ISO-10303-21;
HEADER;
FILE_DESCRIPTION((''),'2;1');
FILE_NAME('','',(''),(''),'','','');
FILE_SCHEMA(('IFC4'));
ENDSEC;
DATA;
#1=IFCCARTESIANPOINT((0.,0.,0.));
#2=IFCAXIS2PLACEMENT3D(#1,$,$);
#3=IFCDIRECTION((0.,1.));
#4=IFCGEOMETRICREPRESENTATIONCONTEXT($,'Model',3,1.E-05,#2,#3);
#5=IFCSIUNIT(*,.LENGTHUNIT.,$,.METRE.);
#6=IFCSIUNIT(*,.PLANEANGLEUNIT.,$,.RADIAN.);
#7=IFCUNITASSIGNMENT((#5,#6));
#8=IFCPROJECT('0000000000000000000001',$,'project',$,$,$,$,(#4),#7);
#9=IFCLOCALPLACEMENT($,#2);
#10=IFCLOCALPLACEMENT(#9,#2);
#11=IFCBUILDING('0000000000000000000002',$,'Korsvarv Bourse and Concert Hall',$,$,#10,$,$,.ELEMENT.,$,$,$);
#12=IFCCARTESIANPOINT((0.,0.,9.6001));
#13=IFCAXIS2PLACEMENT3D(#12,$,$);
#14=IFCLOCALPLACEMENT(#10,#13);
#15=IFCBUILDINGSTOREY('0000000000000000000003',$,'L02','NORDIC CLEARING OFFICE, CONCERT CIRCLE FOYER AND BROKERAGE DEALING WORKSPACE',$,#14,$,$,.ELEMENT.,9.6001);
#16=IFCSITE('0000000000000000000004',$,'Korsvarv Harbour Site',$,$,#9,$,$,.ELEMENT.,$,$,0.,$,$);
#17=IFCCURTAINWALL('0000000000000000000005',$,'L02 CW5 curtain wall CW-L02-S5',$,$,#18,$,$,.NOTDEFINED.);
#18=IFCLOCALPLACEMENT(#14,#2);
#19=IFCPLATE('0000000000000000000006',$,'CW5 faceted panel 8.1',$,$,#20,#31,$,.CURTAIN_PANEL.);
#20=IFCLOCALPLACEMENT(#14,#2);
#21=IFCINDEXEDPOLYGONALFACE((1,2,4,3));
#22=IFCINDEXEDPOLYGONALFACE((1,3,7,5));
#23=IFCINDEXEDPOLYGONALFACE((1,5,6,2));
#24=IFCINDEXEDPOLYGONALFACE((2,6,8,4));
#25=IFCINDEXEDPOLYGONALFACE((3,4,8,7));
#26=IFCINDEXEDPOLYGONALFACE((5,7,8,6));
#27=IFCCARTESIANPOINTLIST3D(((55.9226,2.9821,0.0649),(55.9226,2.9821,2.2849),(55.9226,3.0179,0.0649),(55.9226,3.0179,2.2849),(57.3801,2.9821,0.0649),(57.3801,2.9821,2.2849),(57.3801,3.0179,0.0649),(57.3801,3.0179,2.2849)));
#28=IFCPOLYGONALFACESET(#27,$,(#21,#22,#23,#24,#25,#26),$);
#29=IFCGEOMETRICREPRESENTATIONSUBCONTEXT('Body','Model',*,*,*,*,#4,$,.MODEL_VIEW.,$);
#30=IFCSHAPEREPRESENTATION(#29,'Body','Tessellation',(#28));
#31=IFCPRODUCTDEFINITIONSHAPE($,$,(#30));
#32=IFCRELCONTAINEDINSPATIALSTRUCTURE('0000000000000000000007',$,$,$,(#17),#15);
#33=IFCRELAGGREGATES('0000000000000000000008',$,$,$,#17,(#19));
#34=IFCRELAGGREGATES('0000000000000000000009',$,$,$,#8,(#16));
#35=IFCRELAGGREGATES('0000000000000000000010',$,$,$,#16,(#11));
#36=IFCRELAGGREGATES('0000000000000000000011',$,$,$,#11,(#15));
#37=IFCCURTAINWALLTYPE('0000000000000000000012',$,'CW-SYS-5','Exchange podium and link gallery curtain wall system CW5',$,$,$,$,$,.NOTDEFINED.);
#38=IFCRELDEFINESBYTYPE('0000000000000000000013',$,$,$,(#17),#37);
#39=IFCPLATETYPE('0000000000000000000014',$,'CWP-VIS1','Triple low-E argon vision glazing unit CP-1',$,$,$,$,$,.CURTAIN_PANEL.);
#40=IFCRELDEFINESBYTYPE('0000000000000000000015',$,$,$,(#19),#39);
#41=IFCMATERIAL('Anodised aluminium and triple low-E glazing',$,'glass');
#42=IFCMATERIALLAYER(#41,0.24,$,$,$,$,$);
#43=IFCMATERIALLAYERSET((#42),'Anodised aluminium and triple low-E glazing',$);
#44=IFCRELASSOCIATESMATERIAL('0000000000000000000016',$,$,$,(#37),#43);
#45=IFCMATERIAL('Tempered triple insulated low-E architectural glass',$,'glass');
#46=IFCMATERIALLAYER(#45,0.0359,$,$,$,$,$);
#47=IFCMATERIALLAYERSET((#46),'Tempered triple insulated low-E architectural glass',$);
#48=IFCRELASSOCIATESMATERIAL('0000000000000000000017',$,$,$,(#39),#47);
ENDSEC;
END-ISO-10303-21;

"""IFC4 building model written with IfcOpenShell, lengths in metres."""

from ifc_helpers import new_model, si_unit, direction, frame, origin, origin_2d, place, context, subcontext, project, spatial, rectangle, extrude, source, transform, mapped, material, layer, layer_set, type_object, element, aggregate, save


model = new_model("IFC4")

# Units and contexts
model_context = context("Model", 3, precision=1e-05, world=origin(), true_north=direction((0.0, 1.0)))
body_context = subcontext(model_context, "Body", "Model", "MODEL_VIEW")
ifc_project = project(units=[si_unit("LENGTHUNIT", "METRE"), si_unit("PLANEANGLEUNIT", "RADIAN")], contexts=[model_context])

# Site, building, storey
site_placement = place(None, origin())
site = spatial("IfcSite", under=ifc_project, at=site_placement, Name="Korsvarv Harbour Site", CompositionType="ELEMENT", RefElevation=0.0)
building_placement = place(site_placement, origin())
building = spatial("IfcBuilding", under=site, at=building_placement, Name="Korsvarv Bourse and Concert Hall", CompositionType="ELEMENT")
storey_placement = place(building_placement, frame((0.0, 0.0, 9.6001)))
storey = spatial("IfcBuildingStorey", under=building, at=storey_placement, Name="L02", Description="NORDIC CLEARING OFFICE, CONCERT CIRCLE FOYER AND BROKERAGE DEALING WORKSPACE", CompositionType="ELEMENT", Elevation=9.6001)

# Curtain wall
ifc_material_1 = material(Name="Anodised aluminium and triple low-E glazing", Category="glass")
ifc_layer_1 = layer(ifc_material_1, 0.24)
ifc_layer_set_1 = layer_set([ifc_layer_1], Name="Anodised aluminium and triple low-E glazing")
curtain_wall_type = type_object("IfcCurtainWallType", Name="CW-SYS-5", Description="Exchange podium and link gallery curtain wall system CW5", PredefinedType="NOTDEFINED", material=ifc_layer_set_1)
curtain_wall_placement = place(storey_placement, origin())
curtain_wall = element("IfcCurtainWall", 1, at=curtain_wall_placement, inside=storey, type_object=curtain_wall_type, Name="L02 CW5 curtain wall CW-L02-S5", PredefinedType="NOTDEFINED")

# Plate
ifc_material_2 = material(Name="Tempered triple insulated low-E architectural glass", Category="glass")
ifc_layer_2 = layer(ifc_material_2, 0.0359)
ifc_layer_set_2 = layer_set([ifc_layer_2], Name="Tempered triple insulated low-E architectural glass")
plate_type_1 = type_object("IfcPlateType", Name="CWP-VIS1", Description="Triple low-E argon vision glazing unit CP-1", PredefinedType="CURTAIN_PANEL", material=ifc_layer_set_2)
shared_shape_1 = source(origin(), body_context, "Body", "SweptSolid", [
    extrude(rectangle(XDim=1.4575, YDim=0.0359, at=origin_2d()), origin(), (0.0, 0.0, 1.0), 2.22),
])
plate_1_placement = place(storey_placement, frame((56.6514, 3.0, 0.0649), z_axis=(0.0, 0.0, 1.0), x_axis=(1.0, 0.0, 0.0)))
plate_1 = element("IfcPlate", 2, at=plate_1_placement, type_object=plate_type_1, Name="CW5 faceted panel 8.1", PredefinedType="CURTAIN_PANEL", context=body_context, shape_type="MappedRepresentation", body=[
    mapped(shared_shape_1, transform((0.0, 0.0, 0.0), scale=1.0)),
])
aggregate(curtain_wall, [plate_1])

save(model, "model.ifc")
